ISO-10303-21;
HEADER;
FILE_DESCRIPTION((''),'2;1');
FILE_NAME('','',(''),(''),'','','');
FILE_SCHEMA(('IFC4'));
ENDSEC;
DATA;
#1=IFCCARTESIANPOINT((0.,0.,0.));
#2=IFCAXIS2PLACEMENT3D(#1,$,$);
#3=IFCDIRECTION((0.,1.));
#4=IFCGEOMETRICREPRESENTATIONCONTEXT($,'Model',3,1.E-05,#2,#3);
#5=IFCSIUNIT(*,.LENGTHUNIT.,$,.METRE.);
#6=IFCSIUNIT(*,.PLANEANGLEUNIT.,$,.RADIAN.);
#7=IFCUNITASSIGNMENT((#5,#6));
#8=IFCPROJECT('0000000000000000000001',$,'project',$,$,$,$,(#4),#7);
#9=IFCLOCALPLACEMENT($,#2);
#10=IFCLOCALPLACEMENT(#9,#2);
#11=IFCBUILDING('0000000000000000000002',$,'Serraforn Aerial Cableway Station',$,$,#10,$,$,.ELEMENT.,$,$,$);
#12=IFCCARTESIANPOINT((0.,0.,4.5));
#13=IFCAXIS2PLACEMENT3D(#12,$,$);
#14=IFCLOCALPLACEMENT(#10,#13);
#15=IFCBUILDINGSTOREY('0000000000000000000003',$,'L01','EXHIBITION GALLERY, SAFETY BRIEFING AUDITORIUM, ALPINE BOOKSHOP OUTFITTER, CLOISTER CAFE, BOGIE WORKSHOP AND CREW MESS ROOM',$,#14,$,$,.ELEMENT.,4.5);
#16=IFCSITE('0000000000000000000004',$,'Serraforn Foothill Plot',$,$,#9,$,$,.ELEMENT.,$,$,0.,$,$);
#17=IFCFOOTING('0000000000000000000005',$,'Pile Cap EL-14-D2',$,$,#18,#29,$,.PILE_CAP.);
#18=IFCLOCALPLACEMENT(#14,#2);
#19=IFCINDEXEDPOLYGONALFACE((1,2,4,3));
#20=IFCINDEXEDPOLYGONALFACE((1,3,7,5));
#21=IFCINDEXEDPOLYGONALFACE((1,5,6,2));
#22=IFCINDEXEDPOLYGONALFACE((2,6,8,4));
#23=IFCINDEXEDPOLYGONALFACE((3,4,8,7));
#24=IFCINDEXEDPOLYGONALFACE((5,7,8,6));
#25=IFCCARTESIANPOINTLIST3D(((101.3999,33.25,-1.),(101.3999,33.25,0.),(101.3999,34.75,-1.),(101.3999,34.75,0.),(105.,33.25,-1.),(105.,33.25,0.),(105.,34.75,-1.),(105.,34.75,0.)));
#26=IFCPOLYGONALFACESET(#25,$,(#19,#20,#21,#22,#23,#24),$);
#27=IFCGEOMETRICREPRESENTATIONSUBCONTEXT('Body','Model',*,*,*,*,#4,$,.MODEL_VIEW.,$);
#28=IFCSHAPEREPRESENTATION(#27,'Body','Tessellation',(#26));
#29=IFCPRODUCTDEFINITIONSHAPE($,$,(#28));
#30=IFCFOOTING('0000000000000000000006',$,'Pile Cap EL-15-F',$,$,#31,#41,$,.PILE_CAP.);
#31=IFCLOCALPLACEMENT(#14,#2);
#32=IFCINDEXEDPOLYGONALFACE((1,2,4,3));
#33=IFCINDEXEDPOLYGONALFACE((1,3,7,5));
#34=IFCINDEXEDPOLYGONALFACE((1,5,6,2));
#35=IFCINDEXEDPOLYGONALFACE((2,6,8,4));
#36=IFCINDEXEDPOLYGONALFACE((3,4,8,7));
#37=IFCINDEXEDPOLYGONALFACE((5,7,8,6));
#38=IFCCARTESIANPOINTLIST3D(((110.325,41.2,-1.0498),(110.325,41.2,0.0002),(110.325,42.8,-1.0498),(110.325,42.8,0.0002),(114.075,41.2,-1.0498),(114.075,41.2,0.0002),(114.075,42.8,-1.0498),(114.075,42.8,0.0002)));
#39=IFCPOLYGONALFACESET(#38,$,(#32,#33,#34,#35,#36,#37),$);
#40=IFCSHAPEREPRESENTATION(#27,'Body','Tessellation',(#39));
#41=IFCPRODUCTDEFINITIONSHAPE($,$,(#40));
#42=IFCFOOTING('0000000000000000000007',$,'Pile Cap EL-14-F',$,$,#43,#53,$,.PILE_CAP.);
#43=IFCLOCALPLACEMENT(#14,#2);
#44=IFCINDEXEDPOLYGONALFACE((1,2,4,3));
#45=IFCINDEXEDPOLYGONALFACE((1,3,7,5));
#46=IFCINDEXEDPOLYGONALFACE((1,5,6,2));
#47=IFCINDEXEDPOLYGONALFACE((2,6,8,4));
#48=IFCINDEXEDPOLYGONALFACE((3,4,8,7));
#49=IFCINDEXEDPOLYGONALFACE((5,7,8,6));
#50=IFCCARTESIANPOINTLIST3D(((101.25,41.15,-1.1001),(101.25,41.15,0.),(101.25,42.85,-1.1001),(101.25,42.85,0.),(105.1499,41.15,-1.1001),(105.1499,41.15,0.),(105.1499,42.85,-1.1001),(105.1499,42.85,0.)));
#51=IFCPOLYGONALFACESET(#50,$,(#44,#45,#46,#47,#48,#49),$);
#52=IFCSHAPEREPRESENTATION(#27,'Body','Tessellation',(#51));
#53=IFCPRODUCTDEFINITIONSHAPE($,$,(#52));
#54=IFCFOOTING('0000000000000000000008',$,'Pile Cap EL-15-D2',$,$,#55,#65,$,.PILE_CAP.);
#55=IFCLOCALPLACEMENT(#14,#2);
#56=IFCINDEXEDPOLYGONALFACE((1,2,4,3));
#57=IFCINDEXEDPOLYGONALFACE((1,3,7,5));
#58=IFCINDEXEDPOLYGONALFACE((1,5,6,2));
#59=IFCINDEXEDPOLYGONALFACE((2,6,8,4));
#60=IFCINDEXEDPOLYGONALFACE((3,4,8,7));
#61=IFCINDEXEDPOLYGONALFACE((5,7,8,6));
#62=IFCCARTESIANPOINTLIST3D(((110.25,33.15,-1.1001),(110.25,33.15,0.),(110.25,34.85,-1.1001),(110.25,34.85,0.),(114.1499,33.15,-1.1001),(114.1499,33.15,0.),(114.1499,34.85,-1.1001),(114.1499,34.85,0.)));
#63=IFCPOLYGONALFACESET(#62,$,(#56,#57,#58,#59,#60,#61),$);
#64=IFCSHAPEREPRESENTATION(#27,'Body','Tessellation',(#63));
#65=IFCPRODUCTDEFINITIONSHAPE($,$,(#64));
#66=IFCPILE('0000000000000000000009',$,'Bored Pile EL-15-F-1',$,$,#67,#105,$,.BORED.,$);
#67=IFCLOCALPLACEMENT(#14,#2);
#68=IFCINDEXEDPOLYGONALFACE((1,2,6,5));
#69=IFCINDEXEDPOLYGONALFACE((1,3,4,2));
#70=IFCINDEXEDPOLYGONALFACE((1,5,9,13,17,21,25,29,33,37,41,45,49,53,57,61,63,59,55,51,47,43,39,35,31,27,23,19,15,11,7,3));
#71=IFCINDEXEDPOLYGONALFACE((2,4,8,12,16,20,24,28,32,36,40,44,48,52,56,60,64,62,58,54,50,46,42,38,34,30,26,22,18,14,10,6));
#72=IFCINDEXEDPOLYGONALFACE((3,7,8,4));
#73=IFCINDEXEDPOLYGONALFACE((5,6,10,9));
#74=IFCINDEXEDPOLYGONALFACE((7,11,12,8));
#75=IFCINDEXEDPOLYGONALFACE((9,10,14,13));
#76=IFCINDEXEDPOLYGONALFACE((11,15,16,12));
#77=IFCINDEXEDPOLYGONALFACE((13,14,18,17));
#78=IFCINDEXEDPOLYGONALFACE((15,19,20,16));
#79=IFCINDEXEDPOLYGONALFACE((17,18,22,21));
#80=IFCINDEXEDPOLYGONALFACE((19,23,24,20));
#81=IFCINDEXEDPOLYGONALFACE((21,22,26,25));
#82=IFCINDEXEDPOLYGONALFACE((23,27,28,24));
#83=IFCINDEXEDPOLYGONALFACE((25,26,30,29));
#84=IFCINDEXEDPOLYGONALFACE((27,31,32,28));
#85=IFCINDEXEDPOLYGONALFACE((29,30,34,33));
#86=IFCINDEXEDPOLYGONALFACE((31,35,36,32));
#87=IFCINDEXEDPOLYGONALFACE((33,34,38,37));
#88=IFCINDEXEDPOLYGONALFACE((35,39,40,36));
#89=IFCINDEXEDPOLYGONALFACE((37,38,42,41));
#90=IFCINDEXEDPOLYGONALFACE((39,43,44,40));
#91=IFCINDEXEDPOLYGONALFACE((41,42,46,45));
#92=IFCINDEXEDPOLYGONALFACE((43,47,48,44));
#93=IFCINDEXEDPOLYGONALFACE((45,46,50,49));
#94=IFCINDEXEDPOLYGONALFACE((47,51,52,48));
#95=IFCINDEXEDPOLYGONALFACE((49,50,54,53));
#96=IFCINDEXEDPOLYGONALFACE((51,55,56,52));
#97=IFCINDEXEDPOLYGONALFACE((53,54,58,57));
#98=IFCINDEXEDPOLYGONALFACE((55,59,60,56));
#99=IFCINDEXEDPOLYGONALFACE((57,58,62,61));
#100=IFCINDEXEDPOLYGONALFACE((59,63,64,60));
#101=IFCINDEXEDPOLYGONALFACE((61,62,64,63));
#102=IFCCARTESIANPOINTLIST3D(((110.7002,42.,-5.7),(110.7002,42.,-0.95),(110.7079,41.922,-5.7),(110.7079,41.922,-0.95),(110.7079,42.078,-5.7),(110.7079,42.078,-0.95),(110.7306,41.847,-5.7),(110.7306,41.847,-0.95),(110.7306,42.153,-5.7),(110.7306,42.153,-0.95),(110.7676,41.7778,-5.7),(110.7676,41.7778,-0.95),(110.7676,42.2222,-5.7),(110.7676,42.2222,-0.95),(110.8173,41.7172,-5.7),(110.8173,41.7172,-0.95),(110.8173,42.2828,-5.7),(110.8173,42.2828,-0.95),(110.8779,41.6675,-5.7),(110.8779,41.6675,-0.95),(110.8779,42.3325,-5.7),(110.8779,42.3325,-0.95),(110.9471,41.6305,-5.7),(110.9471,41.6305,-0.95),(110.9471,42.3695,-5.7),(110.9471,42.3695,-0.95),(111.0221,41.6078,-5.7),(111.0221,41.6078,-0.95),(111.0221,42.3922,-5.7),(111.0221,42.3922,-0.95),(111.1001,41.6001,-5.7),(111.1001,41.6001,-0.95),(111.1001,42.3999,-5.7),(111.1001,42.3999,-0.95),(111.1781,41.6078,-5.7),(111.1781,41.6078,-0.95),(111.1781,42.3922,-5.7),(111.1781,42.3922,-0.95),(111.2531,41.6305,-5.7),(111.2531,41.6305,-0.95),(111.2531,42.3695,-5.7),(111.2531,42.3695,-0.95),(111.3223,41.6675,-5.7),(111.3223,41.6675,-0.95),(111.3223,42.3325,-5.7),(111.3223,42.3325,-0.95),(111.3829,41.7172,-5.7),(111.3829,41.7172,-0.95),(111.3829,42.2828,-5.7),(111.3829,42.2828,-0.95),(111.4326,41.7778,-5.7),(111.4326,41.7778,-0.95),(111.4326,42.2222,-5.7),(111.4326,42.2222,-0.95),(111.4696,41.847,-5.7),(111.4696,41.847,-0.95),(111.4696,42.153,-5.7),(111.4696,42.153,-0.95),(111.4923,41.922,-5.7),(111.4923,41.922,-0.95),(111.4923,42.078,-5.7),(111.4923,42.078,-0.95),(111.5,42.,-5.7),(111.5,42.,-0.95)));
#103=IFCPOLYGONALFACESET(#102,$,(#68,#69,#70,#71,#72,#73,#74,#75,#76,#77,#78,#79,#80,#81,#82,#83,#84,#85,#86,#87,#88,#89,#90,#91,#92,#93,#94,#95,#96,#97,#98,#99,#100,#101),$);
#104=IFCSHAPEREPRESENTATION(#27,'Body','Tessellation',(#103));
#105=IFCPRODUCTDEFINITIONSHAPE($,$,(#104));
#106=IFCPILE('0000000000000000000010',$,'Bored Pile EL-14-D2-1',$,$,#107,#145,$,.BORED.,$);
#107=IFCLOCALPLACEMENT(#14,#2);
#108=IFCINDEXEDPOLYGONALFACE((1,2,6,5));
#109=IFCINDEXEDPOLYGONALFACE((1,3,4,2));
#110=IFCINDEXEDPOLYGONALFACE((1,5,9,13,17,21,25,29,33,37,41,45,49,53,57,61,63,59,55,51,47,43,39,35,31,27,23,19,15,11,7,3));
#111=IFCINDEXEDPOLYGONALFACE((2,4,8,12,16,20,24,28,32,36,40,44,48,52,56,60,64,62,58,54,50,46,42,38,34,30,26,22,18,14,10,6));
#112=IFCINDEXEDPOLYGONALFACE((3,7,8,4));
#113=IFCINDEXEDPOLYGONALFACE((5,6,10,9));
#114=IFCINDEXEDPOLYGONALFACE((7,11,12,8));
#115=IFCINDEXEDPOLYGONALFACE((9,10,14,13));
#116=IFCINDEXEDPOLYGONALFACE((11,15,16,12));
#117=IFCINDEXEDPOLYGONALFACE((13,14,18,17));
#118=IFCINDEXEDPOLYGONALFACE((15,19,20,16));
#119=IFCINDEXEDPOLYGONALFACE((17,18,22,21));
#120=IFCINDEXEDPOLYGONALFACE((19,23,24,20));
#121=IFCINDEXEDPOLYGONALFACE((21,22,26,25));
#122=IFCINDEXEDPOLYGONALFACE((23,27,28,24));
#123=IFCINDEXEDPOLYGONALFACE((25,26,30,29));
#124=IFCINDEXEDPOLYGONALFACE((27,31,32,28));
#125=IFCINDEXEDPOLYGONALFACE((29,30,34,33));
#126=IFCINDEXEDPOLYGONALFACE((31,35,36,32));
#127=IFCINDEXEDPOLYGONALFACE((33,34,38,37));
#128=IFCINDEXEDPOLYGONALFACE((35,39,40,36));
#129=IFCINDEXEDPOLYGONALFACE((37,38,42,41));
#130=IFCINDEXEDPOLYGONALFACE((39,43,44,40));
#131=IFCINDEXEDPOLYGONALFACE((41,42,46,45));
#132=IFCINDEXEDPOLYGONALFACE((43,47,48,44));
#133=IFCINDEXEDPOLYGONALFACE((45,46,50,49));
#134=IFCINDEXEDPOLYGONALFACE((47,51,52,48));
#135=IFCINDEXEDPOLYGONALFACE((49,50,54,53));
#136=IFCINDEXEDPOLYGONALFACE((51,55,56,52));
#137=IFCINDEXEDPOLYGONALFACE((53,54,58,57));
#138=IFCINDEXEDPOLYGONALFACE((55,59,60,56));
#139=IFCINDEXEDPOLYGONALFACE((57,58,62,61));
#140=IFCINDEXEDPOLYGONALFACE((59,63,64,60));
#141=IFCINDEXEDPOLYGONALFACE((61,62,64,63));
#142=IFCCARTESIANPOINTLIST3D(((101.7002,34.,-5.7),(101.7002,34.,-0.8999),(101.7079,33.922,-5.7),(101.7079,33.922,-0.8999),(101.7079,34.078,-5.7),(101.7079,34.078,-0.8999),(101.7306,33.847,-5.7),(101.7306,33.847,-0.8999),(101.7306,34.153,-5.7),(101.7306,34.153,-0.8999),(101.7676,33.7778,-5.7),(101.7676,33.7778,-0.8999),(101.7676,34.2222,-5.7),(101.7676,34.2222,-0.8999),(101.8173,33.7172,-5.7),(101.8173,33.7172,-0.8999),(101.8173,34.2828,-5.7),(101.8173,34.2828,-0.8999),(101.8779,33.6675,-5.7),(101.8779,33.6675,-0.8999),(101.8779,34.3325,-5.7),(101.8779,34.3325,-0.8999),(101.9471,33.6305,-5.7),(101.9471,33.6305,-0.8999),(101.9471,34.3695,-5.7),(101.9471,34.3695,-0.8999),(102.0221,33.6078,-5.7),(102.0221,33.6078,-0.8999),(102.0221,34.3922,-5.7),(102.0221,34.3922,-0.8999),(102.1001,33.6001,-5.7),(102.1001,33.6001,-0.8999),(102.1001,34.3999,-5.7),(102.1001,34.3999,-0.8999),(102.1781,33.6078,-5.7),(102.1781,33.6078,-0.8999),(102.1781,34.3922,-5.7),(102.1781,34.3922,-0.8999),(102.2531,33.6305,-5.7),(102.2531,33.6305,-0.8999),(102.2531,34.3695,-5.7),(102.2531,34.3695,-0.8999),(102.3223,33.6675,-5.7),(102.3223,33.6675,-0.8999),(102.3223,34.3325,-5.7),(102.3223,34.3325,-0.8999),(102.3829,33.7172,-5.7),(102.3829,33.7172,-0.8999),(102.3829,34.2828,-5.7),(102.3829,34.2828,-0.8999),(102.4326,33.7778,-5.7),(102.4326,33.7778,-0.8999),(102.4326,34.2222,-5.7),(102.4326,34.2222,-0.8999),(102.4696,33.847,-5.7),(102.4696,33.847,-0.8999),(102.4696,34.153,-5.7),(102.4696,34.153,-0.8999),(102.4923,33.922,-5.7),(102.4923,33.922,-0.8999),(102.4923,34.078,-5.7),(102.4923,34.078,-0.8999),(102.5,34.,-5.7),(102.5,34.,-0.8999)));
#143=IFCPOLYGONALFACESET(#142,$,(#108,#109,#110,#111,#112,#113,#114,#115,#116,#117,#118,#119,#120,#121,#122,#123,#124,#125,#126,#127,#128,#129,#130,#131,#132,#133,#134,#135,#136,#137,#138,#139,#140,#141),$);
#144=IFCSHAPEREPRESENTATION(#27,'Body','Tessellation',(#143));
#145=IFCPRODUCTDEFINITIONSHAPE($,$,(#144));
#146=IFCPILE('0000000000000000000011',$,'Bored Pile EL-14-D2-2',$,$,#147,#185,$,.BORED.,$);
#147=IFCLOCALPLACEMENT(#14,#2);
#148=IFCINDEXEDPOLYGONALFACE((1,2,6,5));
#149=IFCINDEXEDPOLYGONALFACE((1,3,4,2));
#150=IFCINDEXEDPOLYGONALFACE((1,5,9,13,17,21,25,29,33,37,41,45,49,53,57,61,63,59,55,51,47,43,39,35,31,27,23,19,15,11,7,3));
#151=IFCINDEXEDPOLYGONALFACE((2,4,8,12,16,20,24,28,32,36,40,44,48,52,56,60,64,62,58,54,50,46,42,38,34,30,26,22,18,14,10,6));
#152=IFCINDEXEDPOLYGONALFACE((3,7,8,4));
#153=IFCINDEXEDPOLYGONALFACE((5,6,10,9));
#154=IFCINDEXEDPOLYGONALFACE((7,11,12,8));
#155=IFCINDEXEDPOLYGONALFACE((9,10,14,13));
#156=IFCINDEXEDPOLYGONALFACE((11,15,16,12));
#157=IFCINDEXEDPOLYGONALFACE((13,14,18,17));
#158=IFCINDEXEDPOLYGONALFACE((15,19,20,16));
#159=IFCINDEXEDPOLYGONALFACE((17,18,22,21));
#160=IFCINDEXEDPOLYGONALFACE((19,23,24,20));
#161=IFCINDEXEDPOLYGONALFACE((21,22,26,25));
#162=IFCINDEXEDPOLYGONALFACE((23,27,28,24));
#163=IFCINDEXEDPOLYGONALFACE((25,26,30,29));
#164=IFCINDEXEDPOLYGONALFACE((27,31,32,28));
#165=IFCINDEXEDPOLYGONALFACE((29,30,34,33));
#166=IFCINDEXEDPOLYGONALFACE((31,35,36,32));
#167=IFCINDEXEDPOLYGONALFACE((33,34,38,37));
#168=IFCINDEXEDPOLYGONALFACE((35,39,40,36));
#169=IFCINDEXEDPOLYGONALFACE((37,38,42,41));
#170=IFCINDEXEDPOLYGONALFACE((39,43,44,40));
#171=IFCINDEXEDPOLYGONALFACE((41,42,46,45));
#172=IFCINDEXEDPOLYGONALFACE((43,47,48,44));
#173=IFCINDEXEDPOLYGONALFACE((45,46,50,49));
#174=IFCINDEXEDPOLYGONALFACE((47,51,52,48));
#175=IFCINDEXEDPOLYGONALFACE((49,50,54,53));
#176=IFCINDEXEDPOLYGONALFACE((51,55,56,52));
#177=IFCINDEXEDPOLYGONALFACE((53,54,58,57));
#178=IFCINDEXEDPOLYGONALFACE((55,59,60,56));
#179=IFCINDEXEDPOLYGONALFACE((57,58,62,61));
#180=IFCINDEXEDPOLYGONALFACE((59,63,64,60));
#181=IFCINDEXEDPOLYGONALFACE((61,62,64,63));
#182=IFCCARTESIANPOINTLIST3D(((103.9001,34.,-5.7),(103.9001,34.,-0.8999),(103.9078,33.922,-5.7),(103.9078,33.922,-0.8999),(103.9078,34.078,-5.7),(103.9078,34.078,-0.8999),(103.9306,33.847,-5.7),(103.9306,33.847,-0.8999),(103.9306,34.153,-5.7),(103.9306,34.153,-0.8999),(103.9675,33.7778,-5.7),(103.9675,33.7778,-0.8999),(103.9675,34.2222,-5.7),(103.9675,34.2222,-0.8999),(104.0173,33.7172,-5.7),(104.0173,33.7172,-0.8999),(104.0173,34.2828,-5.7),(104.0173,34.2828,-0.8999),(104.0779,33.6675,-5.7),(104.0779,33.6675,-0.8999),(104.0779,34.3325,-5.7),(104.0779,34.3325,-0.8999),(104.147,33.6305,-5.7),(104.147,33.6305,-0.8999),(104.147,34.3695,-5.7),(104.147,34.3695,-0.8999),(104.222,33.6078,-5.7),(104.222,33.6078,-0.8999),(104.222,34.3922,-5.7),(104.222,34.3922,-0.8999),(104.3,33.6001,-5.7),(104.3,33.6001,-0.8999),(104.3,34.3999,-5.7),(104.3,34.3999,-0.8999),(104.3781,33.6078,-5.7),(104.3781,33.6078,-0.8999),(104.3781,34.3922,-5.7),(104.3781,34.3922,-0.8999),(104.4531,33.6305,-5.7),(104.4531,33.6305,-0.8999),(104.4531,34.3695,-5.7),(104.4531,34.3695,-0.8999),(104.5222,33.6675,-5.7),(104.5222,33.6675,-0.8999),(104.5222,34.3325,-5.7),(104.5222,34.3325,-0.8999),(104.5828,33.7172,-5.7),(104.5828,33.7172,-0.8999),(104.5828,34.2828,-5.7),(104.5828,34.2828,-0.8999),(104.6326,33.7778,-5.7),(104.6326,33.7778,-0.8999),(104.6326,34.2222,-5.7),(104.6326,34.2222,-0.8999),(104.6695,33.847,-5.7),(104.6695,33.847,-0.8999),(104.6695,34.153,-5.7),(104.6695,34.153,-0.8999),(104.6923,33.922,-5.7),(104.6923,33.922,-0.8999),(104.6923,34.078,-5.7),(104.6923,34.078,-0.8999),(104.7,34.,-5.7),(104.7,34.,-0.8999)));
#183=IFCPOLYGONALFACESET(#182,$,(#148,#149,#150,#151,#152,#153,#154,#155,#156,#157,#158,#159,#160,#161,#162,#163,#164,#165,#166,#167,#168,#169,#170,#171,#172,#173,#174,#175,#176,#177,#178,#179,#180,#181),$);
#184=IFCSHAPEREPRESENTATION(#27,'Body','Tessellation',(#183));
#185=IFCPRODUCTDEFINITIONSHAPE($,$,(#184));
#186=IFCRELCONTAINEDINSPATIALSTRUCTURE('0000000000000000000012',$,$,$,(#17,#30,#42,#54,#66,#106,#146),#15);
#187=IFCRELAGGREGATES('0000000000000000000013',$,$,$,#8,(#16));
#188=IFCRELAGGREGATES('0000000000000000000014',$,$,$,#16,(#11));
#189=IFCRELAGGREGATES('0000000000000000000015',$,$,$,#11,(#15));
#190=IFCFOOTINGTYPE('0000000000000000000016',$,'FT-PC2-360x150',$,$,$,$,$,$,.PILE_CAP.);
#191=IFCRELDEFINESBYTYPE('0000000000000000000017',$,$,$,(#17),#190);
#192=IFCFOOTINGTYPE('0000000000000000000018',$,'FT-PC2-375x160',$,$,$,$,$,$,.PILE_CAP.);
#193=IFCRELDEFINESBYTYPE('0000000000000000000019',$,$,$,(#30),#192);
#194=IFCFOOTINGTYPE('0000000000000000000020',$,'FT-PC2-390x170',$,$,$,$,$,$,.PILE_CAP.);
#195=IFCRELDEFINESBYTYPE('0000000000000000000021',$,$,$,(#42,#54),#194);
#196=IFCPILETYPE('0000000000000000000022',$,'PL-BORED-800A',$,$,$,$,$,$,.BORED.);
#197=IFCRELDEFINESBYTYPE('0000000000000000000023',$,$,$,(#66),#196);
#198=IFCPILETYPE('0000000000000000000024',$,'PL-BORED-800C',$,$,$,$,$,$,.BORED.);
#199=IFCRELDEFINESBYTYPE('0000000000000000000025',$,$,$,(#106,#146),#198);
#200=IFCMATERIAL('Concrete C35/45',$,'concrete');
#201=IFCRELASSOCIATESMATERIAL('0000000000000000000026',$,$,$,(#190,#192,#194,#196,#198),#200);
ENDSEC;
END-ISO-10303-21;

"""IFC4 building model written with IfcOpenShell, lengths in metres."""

from ifc_helpers import new_model, si_unit, direction, frame, origin, origin_2d, place, context, subcontext, project, spatial, rectangle, circle, extrude, material, material_profile, profile_set, type_object, element, save


model = new_model("IFC4")

# Units and contexts
model_context = context("Model", 3, precision=1e-05, world=origin(), true_north=direction((0.0, 1.0)))
body_context = subcontext(model_context, "Body", "Model", "MODEL_VIEW")
ifc_project = project(units=[si_unit("LENGTHUNIT", "METRE"), si_unit("PLANEANGLEUNIT", "RADIAN")], contexts=[model_context])

# Site, building, storey
site_placement = place(None, origin())
site = spatial("IfcSite", under=ifc_project, at=site_placement, Name="Serraforn Foothill Plot", CompositionType="ELEMENT", RefElevation=0.0)
building_placement = place(site_placement, origin())
building = spatial("IfcBuilding", under=site, at=building_placement, Name="Serraforn Aerial Cableway Station", CompositionType="ELEMENT")
storey_placement = place(building_placement, frame((0.0, 0.0, 4.5)))
storey = spatial("IfcBuildingStorey", under=building, at=storey_placement, Name="L01", Description="EXHIBITION GALLERY, SAFETY BRIEFING AUDITORIUM, ALPINE BOOKSHOP OUTFITTER, CLOISTER CAFE, BOGIE WORKSHOP AND CREW MESS ROOM", CompositionType="ELEMENT", Elevation=4.5)

# Footings
ifc_material_1 = material(Name="Concrete C35/45", Category="concrete")
footing_type_1 = type_object("IfcFootingType", Name="FT-PC2-360x150", PredefinedType="PILE_CAP", material=ifc_material_1)
footing_1_placement = place(storey_placement, frame((103.2, 34.0, -1.0), z_axis=(0.0, 0.0, 1.0), x_axis=(1.0, 0.0, 0.0)))
element("IfcFooting", 1, at=footing_1_placement, inside=storey, type_object=footing_type_1, Name="Pile Cap EL-14-D2", PredefinedType="PILE_CAP", context=body_context, shape_type="SweptSolid", body=[
    extrude(rectangle(XDim=3.6001, YDim=1.5, at=origin_2d()), origin(), (0.0, 0.0, 1.0), 1.0),
])
footing_type_2 = type_object("IfcFootingType", Name="FT-PC2-375x160", PredefinedType="PILE_CAP", material=ifc_material_1)
footing_2_placement = place(storey_placement, frame((112.2, 42.0, -1.0498), z_axis=(0.0, 0.0, 1.0), x_axis=(1.0, 0.0, 0.0)))
element("IfcFooting", 2, at=footing_2_placement, inside=storey, type_object=footing_type_2, Name="Pile Cap EL-15-F", PredefinedType="PILE_CAP", context=body_context, shape_type="SweptSolid", body=[
    extrude(rectangle(XDim=3.75, YDim=1.6001, at=origin_2d()), origin(), (0.0, 0.0, 1.0), 1.05),
])
footing_type_3 = type_object("IfcFootingType", Name="FT-PC2-390x170", PredefinedType="PILE_CAP", material=ifc_material_1)
for number, where, z_axis, x_axis, name in (
    (3, (103.2, 42.0, -1.1001), (0.0, 0.0, 1.0), (1.0, 0.0, 0.0), "Pile Cap EL-14-F"),
    (4, (112.2, 34.0, -1.1001), (0.0, 0.0, 1.0), (1.0, 0.0, 0.0), "Pile Cap EL-15-D2"),
):
    element("IfcFooting", number, at=place(storey_placement, frame(where, z_axis=z_axis, x_axis=x_axis)), inside=storey, type_object=footing_type_3, Name=name, PredefinedType="PILE_CAP", context=body_context, shape_type="SweptSolid", body=[
        extrude(rectangle(XDim=3.8999, YDim=1.7, at=origin_2d()), origin(), (0.0, 0.0, 1.0), 1.1001),
    ])

# Piles
ifc_material_profile_1 = material_profile(ifc_material_1, circle(Radius=0.3999, at=origin_2d()), Name="BORED PILE D800")
ifc_profile_set_1 = profile_set([ifc_material_profile_1], Name="Concrete C35/45")
pile_type_1 = type_object("IfcPileType", Name="PL-BORED-800A", PredefinedType="BORED", material=ifc_profile_set_1)
pile_placement = place(storey_placement, frame((111.1001, 42.0, -0.95), z_axis=(0.0, 0.0, -1.0), x_axis=(1.0, 0.0, 0.0)))
element("IfcPile", 5, at=pile_placement, inside=storey, type_object=pile_type_1, Name="Bored Pile EL-15-F-1", PredefinedType="BORED", context=body_context, shape_type="SweptSolid", body=[
    extrude(circle(Radius=0.3999, at=origin_2d()), origin(), (0.0, 0.0, 1.0), 4.75),
])
ifc_material_profile_2 = material_profile(ifc_material_1, circle(Radius=0.3999, at=origin_2d()), Name="BORED PILE D800")
ifc_profile_set_2 = profile_set([ifc_material_profile_2], Name="Concrete C35/45")
pile_type_2 = type_object("IfcPileType", Name="PL-BORED-800C", PredefinedType="BORED", material=ifc_profile_set_2)
for number, where, z_axis, x_axis, name in (
    (6, (102.1001, 34.0, -0.8999), (0.0, 0.0, -1.0), (1.0, 0.0, 0.0), "Bored Pile EL-14-D2-1"),
    (7, (104.3, 34.0, -0.8999), (0.0, 0.0, -1.0), (1.0, 0.0, 0.0), "Bored Pile EL-14-D2-2"),
):
    element("IfcPile", number, at=place(storey_placement, frame(where, z_axis=z_axis, x_axis=x_axis)), inside=storey, type_object=pile_type_2, Name=name, PredefinedType="BORED", context=body_context, shape_type="SweptSolid", body=[
        extrude(circle(Radius=0.3999, at=origin_2d()), origin(), (0.0, 0.0, 1.0), 4.8),
    ])

save(model, "model.ifc")
